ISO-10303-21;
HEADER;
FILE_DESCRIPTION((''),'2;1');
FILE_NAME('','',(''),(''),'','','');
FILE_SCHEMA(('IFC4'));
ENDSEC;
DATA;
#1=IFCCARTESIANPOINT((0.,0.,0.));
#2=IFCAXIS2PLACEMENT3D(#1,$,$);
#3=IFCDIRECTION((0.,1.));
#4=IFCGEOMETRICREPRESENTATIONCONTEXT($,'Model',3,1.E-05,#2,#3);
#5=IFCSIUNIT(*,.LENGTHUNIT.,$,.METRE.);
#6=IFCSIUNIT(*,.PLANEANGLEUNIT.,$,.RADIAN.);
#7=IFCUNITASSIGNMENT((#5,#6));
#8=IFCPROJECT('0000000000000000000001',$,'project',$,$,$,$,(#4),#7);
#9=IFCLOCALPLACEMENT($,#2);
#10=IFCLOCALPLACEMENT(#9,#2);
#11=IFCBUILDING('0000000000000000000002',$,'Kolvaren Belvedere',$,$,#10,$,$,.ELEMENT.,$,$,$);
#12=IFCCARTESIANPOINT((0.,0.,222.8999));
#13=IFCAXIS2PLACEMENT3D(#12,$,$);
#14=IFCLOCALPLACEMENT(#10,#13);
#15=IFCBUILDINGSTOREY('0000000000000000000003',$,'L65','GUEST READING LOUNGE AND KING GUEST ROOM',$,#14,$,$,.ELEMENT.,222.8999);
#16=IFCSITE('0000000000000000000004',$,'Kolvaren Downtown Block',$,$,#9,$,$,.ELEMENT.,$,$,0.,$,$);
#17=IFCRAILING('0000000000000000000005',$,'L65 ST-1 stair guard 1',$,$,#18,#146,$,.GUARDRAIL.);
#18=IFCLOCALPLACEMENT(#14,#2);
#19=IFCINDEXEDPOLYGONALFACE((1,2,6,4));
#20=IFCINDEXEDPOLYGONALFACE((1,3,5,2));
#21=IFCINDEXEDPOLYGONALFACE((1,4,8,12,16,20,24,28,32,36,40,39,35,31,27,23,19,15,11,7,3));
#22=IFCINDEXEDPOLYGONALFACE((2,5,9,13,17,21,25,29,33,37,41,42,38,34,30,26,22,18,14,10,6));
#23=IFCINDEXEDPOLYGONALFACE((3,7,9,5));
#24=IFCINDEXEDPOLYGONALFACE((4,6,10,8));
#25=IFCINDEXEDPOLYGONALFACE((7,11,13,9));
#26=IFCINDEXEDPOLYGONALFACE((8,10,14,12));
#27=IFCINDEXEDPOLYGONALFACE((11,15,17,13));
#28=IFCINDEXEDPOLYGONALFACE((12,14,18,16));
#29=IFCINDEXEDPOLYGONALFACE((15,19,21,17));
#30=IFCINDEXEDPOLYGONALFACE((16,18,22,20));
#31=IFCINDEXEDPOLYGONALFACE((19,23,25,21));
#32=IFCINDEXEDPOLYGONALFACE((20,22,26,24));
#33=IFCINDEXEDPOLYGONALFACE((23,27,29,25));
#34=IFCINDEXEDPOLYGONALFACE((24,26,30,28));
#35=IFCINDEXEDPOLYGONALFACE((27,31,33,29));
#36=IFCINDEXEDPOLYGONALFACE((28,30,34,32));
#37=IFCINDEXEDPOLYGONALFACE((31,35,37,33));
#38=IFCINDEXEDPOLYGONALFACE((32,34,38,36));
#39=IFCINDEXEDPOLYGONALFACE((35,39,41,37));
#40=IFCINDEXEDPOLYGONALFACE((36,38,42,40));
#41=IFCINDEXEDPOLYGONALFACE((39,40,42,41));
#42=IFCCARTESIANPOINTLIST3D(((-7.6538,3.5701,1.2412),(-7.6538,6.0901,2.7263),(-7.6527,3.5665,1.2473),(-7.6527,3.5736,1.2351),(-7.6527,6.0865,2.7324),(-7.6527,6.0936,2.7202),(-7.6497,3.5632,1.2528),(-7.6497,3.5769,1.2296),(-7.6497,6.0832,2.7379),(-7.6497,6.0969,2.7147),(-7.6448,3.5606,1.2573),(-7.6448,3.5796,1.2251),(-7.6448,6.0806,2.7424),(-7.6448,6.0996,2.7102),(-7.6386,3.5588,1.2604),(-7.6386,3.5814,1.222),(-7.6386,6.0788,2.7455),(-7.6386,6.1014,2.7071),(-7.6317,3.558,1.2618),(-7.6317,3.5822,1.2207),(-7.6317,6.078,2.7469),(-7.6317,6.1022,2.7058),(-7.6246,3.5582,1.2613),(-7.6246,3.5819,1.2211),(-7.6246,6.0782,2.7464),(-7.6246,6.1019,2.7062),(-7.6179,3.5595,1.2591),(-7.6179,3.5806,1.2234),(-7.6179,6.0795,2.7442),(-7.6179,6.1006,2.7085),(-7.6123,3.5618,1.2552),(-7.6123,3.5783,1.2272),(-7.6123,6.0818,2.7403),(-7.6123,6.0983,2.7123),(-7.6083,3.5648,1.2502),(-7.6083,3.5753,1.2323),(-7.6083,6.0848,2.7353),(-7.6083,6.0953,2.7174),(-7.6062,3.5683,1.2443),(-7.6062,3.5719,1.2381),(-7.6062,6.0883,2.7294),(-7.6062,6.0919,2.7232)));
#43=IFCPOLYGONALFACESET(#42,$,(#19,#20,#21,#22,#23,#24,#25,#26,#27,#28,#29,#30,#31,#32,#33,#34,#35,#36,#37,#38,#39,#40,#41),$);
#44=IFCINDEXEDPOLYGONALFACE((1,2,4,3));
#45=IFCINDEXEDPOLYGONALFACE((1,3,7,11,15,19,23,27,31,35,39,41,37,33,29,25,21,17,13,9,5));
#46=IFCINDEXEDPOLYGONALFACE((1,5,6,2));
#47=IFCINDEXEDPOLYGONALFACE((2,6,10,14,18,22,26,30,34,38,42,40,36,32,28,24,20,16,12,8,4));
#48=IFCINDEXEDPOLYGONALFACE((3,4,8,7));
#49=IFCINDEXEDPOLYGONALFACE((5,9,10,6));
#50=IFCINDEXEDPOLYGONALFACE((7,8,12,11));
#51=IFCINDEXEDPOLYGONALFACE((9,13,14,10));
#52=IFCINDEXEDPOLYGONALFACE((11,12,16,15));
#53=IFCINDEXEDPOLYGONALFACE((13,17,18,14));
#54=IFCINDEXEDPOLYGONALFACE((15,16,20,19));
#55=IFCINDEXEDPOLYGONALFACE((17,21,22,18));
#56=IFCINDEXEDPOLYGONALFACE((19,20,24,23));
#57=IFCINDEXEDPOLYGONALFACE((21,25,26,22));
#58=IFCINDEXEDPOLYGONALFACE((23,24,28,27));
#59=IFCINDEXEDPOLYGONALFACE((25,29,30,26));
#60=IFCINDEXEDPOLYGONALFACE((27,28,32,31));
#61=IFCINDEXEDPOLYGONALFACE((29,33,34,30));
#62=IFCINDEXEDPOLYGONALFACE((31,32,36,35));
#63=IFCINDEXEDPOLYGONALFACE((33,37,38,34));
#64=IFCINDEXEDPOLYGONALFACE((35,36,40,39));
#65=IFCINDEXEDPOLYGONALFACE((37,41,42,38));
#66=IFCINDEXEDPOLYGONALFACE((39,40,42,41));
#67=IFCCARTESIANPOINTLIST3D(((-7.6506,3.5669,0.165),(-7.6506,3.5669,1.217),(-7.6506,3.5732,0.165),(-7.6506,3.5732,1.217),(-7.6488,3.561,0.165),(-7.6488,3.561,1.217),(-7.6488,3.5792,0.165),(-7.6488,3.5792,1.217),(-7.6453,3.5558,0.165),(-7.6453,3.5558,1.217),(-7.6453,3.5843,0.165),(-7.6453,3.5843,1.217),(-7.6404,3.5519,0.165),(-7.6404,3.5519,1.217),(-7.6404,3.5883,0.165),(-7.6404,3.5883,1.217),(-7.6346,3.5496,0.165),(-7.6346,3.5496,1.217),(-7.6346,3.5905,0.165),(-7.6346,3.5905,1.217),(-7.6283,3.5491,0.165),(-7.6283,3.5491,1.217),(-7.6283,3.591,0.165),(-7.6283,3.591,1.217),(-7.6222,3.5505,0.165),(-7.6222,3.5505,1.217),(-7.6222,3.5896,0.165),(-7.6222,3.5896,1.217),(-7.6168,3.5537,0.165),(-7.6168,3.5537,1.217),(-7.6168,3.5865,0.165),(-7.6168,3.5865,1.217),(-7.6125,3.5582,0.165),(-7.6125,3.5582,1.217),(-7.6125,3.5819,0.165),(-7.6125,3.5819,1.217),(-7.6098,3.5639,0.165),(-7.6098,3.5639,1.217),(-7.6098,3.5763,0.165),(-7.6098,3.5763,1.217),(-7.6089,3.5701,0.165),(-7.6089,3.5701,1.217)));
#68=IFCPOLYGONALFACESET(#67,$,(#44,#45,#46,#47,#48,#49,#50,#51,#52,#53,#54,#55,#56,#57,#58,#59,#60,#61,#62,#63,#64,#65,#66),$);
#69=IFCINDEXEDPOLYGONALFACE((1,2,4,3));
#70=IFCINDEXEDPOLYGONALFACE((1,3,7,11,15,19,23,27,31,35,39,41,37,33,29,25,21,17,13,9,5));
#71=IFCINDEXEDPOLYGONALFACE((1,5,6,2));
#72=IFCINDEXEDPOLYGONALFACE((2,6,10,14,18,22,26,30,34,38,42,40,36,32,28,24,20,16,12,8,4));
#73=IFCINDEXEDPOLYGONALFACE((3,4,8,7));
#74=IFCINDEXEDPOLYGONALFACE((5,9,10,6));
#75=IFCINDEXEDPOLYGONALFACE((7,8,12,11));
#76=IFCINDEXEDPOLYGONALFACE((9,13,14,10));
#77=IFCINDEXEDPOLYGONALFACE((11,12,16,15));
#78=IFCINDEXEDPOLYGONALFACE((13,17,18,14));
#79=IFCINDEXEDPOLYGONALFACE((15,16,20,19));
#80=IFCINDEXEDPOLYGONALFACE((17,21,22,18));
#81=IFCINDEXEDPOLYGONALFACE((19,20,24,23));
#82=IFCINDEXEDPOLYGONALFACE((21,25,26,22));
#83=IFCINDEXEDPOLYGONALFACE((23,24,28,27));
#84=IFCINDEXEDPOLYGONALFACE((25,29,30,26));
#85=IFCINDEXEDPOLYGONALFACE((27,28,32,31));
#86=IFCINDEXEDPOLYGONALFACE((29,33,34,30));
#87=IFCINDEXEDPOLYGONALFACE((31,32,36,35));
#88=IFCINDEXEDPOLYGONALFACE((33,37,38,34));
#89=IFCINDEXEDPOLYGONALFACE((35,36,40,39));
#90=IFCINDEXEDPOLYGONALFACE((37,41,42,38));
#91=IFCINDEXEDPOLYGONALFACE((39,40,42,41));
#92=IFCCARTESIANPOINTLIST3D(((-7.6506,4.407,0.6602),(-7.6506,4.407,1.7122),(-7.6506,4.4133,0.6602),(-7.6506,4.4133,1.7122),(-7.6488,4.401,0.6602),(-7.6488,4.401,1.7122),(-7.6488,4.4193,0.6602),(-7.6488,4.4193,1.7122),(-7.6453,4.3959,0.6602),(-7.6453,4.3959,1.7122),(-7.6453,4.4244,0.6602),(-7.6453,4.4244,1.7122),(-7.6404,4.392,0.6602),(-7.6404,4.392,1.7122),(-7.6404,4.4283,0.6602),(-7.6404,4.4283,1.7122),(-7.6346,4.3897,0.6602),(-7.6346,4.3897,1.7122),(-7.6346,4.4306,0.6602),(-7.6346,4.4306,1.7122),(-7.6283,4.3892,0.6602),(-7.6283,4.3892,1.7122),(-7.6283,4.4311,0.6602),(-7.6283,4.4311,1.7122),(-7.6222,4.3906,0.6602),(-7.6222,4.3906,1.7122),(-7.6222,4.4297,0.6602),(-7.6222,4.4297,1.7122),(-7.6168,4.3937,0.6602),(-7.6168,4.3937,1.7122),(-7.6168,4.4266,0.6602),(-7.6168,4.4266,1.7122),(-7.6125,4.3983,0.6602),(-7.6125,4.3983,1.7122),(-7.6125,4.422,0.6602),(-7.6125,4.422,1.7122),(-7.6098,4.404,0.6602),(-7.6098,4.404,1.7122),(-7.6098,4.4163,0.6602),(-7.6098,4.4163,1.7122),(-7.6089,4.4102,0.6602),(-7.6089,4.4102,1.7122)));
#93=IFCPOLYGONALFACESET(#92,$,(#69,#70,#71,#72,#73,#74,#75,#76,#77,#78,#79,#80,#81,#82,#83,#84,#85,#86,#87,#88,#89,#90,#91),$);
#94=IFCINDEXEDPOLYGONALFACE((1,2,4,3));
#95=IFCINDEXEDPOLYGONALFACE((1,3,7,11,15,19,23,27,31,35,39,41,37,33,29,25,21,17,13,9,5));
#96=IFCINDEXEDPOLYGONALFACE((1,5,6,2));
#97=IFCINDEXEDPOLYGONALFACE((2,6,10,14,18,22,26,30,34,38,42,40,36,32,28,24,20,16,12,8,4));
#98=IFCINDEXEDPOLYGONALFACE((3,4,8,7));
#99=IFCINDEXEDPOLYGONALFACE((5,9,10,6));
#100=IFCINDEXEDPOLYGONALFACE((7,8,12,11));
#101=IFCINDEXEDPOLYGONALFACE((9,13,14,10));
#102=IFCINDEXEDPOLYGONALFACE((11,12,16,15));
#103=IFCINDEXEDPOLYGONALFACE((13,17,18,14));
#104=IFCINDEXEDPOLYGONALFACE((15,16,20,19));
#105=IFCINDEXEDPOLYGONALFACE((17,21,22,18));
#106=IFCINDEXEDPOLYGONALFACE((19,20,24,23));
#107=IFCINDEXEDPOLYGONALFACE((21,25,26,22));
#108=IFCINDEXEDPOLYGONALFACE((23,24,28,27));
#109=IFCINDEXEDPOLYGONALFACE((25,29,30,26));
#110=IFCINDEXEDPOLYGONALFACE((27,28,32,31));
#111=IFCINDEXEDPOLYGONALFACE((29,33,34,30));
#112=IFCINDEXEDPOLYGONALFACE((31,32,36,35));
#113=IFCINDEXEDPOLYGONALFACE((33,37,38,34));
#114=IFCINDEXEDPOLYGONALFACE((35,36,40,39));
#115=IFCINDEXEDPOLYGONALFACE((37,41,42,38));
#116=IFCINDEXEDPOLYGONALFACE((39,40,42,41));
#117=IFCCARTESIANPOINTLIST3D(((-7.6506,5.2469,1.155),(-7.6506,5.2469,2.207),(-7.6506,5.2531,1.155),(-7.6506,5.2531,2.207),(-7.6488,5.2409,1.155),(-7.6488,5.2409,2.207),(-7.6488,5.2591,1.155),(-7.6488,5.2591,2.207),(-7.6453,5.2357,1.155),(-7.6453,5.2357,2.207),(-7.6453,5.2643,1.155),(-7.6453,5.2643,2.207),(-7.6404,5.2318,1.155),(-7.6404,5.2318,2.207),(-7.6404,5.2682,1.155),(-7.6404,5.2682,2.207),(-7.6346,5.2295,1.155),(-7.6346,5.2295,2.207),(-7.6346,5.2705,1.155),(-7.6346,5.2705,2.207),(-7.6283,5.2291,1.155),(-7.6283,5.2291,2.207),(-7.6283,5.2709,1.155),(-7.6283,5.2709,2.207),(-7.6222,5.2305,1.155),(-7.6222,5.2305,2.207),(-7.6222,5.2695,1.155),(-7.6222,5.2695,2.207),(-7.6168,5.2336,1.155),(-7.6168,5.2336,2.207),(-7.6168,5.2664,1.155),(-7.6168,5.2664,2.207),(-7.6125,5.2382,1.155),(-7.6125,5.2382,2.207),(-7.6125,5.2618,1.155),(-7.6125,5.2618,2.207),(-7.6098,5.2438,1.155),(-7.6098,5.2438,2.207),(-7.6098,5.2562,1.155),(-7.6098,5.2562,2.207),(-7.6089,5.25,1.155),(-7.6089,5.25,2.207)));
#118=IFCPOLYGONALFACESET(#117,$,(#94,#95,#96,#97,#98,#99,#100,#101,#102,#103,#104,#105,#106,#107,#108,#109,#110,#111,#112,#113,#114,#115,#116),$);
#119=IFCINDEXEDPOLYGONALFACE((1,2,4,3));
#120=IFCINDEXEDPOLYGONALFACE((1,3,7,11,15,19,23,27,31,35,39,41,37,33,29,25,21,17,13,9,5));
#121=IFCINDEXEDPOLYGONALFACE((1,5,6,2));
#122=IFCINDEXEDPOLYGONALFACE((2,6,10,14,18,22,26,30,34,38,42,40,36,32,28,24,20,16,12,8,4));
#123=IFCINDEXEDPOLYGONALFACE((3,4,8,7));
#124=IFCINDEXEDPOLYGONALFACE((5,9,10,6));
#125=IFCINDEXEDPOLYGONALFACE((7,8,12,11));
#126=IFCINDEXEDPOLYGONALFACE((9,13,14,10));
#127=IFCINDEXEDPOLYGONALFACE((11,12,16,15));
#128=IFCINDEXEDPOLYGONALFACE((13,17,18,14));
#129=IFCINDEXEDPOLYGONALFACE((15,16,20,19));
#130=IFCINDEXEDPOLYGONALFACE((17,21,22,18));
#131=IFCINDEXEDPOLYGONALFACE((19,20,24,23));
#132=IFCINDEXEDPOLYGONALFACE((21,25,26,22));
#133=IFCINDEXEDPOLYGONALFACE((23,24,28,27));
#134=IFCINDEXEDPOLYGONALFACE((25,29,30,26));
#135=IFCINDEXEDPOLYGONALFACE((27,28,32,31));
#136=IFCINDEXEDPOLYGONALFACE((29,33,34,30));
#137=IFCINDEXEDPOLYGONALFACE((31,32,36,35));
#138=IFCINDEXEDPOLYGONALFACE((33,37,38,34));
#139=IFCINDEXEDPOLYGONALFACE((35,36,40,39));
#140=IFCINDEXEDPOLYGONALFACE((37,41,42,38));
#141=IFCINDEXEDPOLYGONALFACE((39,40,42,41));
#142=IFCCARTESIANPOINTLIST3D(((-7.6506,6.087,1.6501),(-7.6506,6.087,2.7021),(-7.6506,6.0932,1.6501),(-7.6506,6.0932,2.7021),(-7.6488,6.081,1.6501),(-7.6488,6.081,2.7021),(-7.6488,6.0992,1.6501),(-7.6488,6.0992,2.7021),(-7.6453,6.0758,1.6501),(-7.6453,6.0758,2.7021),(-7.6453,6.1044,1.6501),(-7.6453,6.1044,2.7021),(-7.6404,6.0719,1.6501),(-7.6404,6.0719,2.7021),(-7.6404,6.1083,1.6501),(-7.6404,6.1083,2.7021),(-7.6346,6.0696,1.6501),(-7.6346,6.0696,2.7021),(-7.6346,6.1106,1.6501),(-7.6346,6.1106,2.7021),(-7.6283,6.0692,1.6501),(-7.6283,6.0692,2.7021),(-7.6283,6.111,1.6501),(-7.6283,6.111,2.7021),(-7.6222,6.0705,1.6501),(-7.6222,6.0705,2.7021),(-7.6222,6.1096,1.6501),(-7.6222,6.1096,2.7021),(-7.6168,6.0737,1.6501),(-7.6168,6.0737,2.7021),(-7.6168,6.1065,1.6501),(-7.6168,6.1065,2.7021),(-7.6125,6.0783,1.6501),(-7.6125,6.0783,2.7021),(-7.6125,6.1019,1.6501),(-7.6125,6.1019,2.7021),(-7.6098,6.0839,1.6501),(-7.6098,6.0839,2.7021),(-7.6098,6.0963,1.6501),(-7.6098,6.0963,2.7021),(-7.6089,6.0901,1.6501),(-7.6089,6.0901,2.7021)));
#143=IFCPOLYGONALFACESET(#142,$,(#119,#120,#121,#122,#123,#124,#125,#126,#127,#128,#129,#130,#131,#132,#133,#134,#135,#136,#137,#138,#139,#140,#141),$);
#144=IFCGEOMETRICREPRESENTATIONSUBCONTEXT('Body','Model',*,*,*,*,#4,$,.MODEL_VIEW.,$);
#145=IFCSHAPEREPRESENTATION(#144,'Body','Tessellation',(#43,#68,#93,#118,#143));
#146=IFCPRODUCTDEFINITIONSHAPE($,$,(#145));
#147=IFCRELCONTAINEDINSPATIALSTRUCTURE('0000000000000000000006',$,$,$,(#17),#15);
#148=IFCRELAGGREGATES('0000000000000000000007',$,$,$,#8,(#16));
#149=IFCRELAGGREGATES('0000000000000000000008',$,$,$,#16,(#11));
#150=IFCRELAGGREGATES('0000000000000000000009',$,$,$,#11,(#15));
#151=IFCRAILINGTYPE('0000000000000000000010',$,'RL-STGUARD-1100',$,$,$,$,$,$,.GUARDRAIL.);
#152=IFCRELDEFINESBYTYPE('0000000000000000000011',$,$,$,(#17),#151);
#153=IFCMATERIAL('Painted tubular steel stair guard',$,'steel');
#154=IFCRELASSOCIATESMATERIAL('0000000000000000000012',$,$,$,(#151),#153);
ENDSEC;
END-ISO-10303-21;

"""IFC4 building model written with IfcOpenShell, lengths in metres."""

from ifc_helpers import new_model, si_unit, direction, frame, origin, origin_2d, place, context, subcontext, project, spatial, circle, extrude, material, type_object, element, save


model = new_model("IFC4")

# Units and contexts
model_context = context("Model", 3, precision=1e-05, world=origin(), true_north=direction((0.0, 1.0)))
body_context = subcontext(model_context, "Body", "Model", "MODEL_VIEW")
ifc_project = project(units=[si_unit("LENGTHUNIT", "METRE"), si_unit("PLANEANGLEUNIT", "RADIAN")], contexts=[model_context])

# Site, building, storey
site_placement = place(None, origin())
site = spatial("IfcSite", under=ifc_project, at=site_placement, Name="Kolvaren Downtown Block", CompositionType="ELEMENT", RefElevation=0.0)
building_placement = place(site_placement, origin())
building = spatial("IfcBuilding", under=site, at=building_placement, Name="Kolvaren Belvedere", CompositionType="ELEMENT")
storey_placement = place(building_placement, frame((0.0, 0.0, 222.8999)))
storey = spatial("IfcBuildingStorey", under=building, at=storey_placement, Name="L65", Description="GUEST READING LOUNGE AND KING GUEST ROOM", CompositionType="ELEMENT", Elevation=222.8999)

# Railing
ifc_material_1 = material(Name="Painted tubular steel stair guard", Category="steel")
railing_type_1 = type_object("IfcRailingType", Name="RL-STGUARD-1100", PredefinedType="GUARDRAIL", material=ifc_material_1)
railing_1_placement = place(storey_placement, frame((-7.6299, 3.5701, 0.165)))
element("IfcRailing", 1, at=railing_1_placement, inside=storey, type_object=railing_type_1, Name="L65 ST-1 stair guard 1", PredefinedType="GUARDRAIL", context=body_context, shape_type="SweptSolid", body=[
    extrude(circle(Radius=0.0239, at=origin_2d()), frame((0.0, 0.0, 1.0762), z_axis=(0.0, 0.861524, 0.507717), x_axis=(-1.0, 0.0, 0.0)), (0.0, 0.0, 1.0), 2.925),
    extrude(circle(Radius=0.021, at=origin_2d()), origin(), (0.0, 0.0, 1.0), 1.052),
    extrude(circle(Radius=0.021, at=origin_2d()), frame((0.0, 0.8401, 0.4951)), (0.0, 0.0, 1.0), 1.052),
    extrude(circle(Radius=0.021, at=origin_2d()), frame((0.0, 1.6799, 0.99)), (0.0, 0.0, 1.0), 1.052),
    extrude(circle(Radius=0.021, at=origin_2d()), frame((0.0, 2.52, 1.4851)), (0.0, 0.0, 1.0), 1.052),
])

save(model, "model.ifc")
